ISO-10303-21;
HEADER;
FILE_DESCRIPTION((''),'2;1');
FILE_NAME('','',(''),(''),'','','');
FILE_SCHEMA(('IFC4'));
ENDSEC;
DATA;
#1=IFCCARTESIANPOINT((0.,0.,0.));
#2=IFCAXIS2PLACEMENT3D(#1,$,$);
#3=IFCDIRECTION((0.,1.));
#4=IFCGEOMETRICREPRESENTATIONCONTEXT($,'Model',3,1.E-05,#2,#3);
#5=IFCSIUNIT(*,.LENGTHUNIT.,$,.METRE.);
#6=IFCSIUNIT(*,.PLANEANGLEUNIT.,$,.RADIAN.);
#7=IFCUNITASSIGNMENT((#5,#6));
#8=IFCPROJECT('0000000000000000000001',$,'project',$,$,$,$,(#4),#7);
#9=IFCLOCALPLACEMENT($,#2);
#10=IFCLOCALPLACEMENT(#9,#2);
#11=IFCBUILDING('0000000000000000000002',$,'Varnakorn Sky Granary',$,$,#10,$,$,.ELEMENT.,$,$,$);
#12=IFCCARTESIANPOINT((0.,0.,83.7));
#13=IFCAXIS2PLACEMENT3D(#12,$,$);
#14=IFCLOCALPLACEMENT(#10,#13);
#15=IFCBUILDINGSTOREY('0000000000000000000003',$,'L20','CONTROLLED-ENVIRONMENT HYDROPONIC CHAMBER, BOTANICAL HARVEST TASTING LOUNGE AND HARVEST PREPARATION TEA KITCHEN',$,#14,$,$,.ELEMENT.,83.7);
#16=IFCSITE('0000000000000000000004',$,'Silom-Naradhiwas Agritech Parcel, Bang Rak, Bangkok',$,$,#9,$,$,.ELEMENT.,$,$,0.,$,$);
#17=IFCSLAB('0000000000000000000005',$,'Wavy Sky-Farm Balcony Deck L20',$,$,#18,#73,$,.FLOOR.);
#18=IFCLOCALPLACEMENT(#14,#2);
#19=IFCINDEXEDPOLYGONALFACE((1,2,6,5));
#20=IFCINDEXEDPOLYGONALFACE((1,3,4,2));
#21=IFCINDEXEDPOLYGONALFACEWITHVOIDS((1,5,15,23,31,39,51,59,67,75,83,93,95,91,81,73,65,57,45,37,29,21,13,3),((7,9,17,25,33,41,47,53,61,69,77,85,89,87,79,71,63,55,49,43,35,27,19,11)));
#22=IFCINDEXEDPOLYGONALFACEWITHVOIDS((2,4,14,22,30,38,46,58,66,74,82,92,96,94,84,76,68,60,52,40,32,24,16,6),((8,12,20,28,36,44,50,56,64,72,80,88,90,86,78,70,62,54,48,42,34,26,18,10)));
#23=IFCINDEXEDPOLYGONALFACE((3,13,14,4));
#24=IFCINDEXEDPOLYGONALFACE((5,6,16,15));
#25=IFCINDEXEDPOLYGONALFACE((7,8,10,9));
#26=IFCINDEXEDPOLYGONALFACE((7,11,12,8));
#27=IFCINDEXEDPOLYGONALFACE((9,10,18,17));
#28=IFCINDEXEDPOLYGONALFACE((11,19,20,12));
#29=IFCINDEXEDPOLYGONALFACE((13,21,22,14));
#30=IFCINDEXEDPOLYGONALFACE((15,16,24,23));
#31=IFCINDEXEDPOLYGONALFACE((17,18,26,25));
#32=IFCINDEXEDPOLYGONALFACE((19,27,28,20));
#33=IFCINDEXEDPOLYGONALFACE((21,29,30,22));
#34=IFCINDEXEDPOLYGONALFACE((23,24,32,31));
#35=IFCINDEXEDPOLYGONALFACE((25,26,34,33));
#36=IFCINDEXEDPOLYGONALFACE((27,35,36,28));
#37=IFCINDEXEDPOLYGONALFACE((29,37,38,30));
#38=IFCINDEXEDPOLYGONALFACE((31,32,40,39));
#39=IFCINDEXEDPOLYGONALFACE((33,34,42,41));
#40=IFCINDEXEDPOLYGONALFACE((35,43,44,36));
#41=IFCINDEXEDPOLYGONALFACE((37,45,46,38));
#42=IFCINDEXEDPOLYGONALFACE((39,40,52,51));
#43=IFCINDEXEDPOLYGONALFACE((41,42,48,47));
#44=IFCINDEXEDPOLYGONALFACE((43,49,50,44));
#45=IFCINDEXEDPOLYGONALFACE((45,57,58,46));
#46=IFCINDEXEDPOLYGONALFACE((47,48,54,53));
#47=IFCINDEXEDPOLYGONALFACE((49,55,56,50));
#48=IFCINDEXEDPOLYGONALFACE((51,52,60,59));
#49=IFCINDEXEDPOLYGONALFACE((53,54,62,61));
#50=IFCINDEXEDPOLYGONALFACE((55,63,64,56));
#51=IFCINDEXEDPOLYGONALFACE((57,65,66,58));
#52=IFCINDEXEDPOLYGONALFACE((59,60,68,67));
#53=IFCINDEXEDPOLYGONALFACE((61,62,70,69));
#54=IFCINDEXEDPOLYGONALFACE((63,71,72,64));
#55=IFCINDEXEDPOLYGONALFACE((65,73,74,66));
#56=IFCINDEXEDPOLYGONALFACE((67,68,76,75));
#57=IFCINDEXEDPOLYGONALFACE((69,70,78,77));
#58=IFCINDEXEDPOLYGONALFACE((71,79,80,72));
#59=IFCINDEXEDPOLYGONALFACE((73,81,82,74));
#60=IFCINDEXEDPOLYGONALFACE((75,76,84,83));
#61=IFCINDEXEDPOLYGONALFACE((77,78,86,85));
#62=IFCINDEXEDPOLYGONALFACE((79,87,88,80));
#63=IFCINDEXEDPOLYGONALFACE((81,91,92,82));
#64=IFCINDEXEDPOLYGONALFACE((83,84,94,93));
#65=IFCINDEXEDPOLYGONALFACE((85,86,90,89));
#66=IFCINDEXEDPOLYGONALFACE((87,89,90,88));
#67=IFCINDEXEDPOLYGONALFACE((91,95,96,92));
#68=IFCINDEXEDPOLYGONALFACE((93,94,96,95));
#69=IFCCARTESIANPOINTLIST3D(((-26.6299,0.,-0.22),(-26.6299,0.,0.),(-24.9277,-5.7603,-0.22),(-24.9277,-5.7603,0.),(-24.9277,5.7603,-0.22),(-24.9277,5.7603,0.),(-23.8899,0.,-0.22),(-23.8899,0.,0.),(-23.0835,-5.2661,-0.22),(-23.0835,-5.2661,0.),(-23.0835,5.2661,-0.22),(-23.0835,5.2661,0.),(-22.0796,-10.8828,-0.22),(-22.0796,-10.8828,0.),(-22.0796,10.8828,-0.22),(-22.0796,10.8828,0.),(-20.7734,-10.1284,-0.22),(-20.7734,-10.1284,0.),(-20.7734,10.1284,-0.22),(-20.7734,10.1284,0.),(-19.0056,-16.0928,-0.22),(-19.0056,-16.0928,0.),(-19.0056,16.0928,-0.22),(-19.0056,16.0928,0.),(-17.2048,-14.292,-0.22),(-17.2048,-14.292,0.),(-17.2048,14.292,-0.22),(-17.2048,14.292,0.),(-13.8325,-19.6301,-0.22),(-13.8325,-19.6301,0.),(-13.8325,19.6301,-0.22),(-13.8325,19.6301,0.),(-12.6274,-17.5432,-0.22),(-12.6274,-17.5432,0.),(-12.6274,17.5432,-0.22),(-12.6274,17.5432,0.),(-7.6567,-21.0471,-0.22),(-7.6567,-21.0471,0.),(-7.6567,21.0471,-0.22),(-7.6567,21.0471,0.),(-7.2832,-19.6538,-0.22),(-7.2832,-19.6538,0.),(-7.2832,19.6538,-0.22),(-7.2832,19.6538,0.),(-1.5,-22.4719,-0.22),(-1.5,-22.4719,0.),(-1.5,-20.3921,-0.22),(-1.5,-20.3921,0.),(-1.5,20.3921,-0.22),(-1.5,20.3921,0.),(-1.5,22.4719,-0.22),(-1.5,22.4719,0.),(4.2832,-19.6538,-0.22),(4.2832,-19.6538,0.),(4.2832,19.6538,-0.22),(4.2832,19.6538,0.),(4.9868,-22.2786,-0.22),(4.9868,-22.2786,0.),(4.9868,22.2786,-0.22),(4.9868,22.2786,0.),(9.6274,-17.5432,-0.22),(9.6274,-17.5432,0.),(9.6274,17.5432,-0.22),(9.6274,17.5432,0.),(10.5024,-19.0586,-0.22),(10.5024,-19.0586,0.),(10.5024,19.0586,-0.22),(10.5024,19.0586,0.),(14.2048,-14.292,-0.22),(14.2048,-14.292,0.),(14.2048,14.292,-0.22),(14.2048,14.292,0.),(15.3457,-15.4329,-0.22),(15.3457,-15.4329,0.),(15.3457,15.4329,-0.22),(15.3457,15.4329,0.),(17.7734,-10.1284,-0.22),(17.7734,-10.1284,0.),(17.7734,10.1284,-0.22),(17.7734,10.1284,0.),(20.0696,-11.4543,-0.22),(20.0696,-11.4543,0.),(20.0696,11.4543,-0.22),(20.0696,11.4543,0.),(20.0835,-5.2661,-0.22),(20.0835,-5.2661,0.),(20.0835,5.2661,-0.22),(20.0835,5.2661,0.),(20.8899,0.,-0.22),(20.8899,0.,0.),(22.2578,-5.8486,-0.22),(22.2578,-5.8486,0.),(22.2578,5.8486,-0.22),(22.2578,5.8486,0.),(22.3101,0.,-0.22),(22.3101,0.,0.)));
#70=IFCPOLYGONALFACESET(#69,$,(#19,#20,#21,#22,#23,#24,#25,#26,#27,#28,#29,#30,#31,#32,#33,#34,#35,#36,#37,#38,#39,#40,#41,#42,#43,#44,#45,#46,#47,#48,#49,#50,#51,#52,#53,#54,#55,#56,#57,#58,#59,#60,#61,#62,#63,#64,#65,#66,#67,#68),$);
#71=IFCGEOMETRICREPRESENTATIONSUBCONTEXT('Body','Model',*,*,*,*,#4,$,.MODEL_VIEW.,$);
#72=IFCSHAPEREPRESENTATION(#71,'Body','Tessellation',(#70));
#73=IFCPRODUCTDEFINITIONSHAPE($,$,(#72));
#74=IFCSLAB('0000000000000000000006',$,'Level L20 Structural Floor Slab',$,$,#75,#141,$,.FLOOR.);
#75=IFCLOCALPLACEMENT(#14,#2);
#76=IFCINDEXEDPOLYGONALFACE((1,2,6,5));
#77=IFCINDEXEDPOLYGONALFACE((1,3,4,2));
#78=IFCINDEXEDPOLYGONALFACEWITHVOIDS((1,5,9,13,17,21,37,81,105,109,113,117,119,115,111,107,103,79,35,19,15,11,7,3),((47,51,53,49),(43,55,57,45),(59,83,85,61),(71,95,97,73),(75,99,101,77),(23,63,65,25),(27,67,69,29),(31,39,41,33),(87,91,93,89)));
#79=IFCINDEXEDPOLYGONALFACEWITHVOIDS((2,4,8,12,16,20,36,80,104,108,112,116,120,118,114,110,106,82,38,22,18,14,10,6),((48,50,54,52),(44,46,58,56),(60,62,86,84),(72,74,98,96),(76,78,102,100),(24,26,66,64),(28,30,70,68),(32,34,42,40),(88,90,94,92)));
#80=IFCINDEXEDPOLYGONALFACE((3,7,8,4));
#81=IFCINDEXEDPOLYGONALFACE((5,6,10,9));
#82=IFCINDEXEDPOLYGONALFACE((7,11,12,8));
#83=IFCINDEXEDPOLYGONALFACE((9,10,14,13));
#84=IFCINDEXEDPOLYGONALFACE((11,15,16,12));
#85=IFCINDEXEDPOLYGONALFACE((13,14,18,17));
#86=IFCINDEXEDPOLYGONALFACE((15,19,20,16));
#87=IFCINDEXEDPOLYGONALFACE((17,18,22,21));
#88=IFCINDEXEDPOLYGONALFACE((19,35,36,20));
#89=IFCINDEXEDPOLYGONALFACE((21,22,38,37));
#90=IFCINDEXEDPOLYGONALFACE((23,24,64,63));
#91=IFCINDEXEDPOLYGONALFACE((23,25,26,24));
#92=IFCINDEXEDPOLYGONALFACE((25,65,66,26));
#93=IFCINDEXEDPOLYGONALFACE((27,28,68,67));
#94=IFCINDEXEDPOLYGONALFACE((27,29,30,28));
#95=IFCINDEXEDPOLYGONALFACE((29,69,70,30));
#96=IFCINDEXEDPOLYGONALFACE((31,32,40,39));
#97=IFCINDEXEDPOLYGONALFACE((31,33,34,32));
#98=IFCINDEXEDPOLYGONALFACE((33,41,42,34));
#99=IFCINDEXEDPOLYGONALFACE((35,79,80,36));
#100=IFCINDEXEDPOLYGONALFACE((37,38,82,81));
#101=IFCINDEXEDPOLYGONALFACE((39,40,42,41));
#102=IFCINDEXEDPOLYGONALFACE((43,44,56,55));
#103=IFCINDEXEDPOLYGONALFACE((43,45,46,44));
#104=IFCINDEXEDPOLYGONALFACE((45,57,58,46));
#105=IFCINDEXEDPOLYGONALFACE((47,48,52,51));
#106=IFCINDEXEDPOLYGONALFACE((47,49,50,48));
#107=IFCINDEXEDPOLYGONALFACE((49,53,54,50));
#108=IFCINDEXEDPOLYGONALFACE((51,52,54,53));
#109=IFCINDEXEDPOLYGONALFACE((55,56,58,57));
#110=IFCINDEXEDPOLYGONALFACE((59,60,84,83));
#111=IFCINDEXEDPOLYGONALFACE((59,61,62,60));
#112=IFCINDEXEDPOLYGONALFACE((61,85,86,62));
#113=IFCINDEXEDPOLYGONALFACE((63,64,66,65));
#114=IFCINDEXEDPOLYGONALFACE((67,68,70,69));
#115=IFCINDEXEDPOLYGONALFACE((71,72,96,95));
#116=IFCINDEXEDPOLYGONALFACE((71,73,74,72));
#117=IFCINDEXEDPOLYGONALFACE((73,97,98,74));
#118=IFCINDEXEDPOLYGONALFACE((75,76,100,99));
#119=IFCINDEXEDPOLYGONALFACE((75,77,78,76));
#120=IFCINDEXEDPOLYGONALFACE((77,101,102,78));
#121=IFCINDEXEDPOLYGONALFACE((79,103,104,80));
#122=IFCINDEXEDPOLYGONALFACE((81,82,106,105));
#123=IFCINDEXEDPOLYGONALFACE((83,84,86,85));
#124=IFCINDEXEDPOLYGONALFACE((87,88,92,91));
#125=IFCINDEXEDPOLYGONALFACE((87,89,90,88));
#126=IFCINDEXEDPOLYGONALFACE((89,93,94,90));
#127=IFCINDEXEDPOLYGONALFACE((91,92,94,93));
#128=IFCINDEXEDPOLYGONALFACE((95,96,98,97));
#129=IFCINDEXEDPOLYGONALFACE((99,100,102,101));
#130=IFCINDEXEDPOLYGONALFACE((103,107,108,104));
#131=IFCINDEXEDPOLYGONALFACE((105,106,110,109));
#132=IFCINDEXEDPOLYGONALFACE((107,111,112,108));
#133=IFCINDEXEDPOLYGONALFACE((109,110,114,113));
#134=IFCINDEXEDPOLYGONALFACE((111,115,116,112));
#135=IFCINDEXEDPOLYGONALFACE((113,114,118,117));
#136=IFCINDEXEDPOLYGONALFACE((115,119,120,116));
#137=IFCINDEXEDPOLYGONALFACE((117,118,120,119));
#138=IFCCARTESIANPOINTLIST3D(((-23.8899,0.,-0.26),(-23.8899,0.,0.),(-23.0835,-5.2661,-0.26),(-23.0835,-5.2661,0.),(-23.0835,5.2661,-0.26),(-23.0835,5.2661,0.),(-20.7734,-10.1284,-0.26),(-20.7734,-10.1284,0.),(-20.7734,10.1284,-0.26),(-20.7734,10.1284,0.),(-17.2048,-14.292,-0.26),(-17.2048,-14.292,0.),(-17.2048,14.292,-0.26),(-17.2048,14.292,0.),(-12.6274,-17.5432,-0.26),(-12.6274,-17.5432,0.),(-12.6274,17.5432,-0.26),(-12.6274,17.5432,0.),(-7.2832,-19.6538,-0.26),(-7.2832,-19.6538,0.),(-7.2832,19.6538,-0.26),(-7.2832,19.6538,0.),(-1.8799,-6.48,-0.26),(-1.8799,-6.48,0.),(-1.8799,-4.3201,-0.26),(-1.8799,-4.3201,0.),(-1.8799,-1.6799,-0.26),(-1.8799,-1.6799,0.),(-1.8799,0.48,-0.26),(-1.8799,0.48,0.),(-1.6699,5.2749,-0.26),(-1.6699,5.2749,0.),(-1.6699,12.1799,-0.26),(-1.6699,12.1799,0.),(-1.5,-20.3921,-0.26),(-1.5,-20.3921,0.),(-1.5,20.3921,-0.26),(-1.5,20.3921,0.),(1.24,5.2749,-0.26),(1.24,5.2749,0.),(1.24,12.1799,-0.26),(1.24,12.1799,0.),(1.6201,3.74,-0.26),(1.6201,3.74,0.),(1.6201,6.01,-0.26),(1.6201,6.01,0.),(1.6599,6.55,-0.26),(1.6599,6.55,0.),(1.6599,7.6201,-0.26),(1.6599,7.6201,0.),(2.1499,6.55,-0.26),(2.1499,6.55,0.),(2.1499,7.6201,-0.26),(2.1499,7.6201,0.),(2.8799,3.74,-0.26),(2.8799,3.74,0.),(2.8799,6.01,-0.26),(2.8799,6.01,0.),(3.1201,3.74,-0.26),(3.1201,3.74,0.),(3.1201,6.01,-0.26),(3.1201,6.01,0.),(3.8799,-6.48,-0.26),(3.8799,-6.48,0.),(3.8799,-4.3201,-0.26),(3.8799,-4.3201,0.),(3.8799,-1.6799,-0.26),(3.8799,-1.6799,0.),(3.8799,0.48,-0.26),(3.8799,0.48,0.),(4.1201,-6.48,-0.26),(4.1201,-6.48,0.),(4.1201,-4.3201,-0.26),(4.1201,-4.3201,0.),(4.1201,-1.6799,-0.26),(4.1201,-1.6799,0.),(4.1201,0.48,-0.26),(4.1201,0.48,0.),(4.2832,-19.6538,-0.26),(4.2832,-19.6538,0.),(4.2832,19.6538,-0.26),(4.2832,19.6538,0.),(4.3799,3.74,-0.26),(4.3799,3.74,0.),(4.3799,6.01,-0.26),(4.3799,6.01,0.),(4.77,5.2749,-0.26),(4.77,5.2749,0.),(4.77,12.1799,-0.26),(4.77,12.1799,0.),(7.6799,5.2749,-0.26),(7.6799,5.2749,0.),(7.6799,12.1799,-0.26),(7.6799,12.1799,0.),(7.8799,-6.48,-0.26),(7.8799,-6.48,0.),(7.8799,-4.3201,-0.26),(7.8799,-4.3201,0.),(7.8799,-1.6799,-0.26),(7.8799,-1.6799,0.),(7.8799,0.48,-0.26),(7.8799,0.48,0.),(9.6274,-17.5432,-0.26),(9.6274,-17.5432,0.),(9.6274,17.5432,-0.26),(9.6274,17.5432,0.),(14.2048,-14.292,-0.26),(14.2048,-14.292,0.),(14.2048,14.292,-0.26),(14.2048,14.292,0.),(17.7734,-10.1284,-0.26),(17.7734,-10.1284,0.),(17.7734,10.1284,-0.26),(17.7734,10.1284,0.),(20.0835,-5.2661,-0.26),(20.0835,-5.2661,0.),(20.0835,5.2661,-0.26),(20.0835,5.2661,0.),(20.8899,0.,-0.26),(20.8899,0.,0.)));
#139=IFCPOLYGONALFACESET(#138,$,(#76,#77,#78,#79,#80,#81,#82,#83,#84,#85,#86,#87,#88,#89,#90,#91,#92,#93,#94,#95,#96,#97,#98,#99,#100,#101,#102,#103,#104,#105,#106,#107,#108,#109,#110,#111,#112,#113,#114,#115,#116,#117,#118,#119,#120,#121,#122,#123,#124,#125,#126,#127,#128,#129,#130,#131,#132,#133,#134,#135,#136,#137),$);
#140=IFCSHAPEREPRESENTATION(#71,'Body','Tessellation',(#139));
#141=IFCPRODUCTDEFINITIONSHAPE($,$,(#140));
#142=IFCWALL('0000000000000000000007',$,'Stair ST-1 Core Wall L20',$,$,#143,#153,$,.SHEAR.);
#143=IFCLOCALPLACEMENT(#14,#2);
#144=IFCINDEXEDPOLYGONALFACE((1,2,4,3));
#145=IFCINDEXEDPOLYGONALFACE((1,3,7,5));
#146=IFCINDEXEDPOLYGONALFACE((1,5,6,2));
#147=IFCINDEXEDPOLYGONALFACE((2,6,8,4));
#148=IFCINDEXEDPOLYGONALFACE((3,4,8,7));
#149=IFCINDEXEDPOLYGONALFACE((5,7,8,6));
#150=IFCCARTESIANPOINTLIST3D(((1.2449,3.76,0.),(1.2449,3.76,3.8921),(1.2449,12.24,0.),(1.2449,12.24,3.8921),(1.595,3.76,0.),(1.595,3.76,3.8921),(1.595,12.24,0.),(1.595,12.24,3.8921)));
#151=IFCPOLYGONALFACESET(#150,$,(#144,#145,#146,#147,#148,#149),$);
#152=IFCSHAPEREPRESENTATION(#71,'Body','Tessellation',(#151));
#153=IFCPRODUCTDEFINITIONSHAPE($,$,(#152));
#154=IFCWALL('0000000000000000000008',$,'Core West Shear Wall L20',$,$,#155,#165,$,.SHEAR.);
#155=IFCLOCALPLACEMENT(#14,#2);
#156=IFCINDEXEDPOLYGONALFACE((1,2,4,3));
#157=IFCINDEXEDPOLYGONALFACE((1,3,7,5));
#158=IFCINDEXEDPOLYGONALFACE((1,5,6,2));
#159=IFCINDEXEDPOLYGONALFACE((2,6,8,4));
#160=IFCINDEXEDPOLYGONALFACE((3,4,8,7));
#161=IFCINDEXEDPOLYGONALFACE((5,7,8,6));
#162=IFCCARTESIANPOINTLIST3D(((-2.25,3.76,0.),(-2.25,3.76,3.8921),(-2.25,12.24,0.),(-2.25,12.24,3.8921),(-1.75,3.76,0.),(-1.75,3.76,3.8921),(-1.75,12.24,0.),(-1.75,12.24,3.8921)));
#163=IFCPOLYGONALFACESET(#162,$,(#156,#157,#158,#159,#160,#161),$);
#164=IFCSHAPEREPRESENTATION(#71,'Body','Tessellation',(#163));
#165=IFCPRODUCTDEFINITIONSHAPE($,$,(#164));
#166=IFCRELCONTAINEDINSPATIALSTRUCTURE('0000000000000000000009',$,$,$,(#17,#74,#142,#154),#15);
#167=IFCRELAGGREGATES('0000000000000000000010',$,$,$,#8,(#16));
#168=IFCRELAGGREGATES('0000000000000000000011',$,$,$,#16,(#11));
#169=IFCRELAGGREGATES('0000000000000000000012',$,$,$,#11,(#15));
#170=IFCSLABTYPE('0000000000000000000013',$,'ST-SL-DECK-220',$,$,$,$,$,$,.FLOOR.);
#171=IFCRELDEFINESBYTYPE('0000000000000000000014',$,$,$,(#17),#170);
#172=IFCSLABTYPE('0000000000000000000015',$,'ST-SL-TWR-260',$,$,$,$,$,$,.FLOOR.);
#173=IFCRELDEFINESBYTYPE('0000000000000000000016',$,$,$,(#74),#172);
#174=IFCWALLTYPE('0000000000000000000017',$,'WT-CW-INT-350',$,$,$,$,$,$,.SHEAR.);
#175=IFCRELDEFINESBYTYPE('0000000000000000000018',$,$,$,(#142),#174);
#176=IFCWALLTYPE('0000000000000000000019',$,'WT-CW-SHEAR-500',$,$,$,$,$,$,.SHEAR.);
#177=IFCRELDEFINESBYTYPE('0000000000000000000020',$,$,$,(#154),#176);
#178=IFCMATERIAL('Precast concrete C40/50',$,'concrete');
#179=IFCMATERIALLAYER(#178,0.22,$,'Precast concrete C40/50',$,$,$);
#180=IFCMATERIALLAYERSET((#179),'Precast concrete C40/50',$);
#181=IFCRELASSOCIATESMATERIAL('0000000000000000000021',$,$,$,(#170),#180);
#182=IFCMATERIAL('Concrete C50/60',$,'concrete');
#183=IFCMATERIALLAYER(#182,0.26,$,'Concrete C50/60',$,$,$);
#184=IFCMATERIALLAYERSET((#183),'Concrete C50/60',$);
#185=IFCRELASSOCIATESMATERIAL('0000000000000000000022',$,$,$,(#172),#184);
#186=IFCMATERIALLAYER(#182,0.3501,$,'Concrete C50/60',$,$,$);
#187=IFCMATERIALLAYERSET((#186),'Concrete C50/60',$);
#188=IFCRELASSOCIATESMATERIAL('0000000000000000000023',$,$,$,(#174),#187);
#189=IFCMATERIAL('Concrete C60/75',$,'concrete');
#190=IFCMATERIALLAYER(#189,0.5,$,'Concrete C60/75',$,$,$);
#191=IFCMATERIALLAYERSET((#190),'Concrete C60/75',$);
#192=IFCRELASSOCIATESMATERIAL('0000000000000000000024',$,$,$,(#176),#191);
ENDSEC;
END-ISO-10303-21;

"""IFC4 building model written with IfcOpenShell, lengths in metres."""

from ifc_helpers import new_model, si_unit, direction, frame, frame_2d, origin, place, context, subcontext, project, spatial, polyline, rectangle, outline, extrude, material, layer, layer_set, type_object, element, save


model = new_model("IFC4")

# Units and contexts
model_context = context("Model", 3, precision=1e-05, world=origin(), true_north=direction((0.0, 1.0)))
body_context = subcontext(model_context, "Body", "Model", "MODEL_VIEW")
ifc_project = project(units=[si_unit("LENGTHUNIT", "METRE"), si_unit("PLANEANGLEUNIT", "RADIAN")], contexts=[model_context])

# Site, building, storey
site_placement = place(None, origin())
site = spatial("IfcSite", under=ifc_project, at=site_placement, Name="Silom-Naradhiwas Agritech Parcel, Bang Rak, Bangkok", CompositionType="ELEMENT", RefElevation=0.0)
building_placement = place(site_placement, origin())
building = spatial("IfcBuilding", under=site, at=building_placement, Name="Varnakorn Sky Granary", CompositionType="ELEMENT")
storey_placement = place(building_placement, frame((0.0, 0.0, 83.7)))
storey = spatial("IfcBuildingStorey", under=building, at=storey_placement, Name="L20", Description="CONTROLLED-ENVIRONMENT HYDROPONIC CHAMBER, BOTANICAL HARVEST TASTING LOUNGE AND HARVEST PREPARATION TEA KITCHEN", CompositionType="ELEMENT", Elevation=83.7)

# Shared definitions
ifc_material_1 = material(Name="Concrete C60/75", Category="concrete")

# Slabs
ifc_material_2 = material(Name="Precast concrete C40/50", Category="concrete")
ifc_layer_1 = layer(ifc_material_2, 0.22, Name="Precast concrete C40/50")
ifc_layer_set_1 = layer_set([ifc_layer_1], Name="Precast concrete C40/50")
slab_type_1 = type_object("IfcSlabType", Name="ST-SL-DECK-220", PredefinedType="FLOOR", material=ifc_layer_set_1)
slab_1_placement = place(storey_placement, frame((0.0, 0.0, -0.22)))
element("IfcSlab", 1, at=slab_1_placement, inside=storey, type_object=slab_type_1, Name="Wavy Sky-Farm Balcony Deck L20", PredefinedType="FLOOR", context=body_context, shape_type="SweptSolid", body=[
    extrude(outline(polyline([(22.3101, 0.0), (22.2578, 5.8486), (20.0696, 11.4543), (15.3457, 15.4329), (10.5024, 19.0586), (4.9868, 22.2786), (-1.5, 22.4719), (-7.6567, 21.0471), (-13.8325, 19.6301), (-19.0056, 16.0928), (-22.0796, 10.8828), (-24.9277, 5.7603), (-26.6299, 0.0), (-24.9277, -5.7603), (-22.0796, -10.8828), (-19.0056, -16.0928), (-13.8325, -19.6301), (-7.6567, -21.0471), (-1.5, -22.4719), (4.9868, -22.2786), (10.5024, -19.0586), (15.3457, -15.4329), (20.0696, -11.4543), (22.2578, -5.8486), (22.3101, 0.0)]), holes=[polyline([(20.8899, 0.0), (20.0835, 5.2661), (17.7734, 10.1284), (14.2048, 14.292), (9.6274, 17.5432), (4.2832, 19.6538), (-1.5, 20.3921), (-7.2832, 19.6538), (-12.6274, 17.5432), (-17.2048, 14.292), (-20.7734, 10.1284), (-23.0835, 5.2661), (-23.8899, 0.0), (-23.0835, -5.2661), (-20.7734, -10.1284), (-17.2048, -14.292), (-12.6274, -17.5432), (-7.2832, -19.6538), (-1.5, -20.3921), (4.2832, -19.6538), (9.6274, -17.5432), (14.2048, -14.292), (17.7734, -10.1284), (20.0835, -5.2661), (20.8899, 0.0)])]), origin(), (0.0, 0.0, 1.0), 0.22),
])
ifc_material_3 = material(Name="Concrete C50/60", Category="concrete")
ifc_layer_2 = layer(ifc_material_3, 0.26, Name="Concrete C50/60")
ifc_layer_set_2 = layer_set([ifc_layer_2], Name="Concrete C50/60")
slab_type_2 = type_object("IfcSlabType", Name="ST-SL-TWR-260", PredefinedType="FLOOR", material=ifc_layer_set_2)
slab_2_placement = place(storey_placement, frame((0.0, 0.0, -0.26)))
element("IfcSlab", 2, at=slab_2_placement, inside=storey, type_object=slab_type_2, Name="Level L20 Structural Floor Slab", PredefinedType="FLOOR", context=body_context, shape_type="SweptSolid", body=[
    extrude(outline(polyline([(20.8899, 0.0), (20.0835, 5.2661), (17.7734, 10.1284), (14.2048, 14.292), (9.6274, 17.5432), (4.2832, 19.6538), (-1.5, 20.3921), (-7.2832, 19.6538), (-12.6274, 17.5432), (-17.2048, 14.292), (-20.7734, 10.1284), (-23.0835, 5.2661), (-23.8899, 0.0), (-23.0835, -5.2661), (-20.7734, -10.1284), (-17.2048, -14.292), (-12.6274, -17.5432), (-7.2832, -19.6538), (-1.5, -20.3921), (4.2832, -19.6538), (9.6274, -17.5432), (14.2048, -14.292), (17.7734, -10.1284), (20.0835, -5.2661), (20.8899, 0.0)]), holes=[polyline([(1.24, 5.2749), (1.24, 12.1799), (-1.6699, 12.1799), (-1.6699, 5.2749), (1.24, 5.2749)]), polyline([(7.6799, 5.2749), (7.6799, 12.1799), (4.77, 12.1799), (4.77, 5.2749), (7.6799, 5.2749)]), polyline([(1.6599, 6.55), (2.1499, 6.55), (2.1499, 7.6201), (1.6599, 7.6201), (1.6599, 6.55)]), polyline([(1.6201, 3.74), (2.8799, 3.74), (2.8799, 6.01), (1.6201, 6.01), (1.6201, 3.74)]), polyline([(3.1201, 3.74), (4.3799, 3.74), (4.3799, 6.01), (3.1201, 6.01), (3.1201, 3.74)]), polyline([(-1.8799, -1.6799), (3.8799, -1.6799), (3.8799, 0.48), (-1.8799, 0.48), (-1.8799, -1.6799)]), polyline([(4.1201, -1.6799), (7.8799, -1.6799), (7.8799, 0.48), (4.1201, 0.48), (4.1201, -1.6799)]), polyline([(-1.8799, -6.48), (3.8799, -6.48), (3.8799, -4.3201), (-1.8799, -4.3201), (-1.8799, -6.48)]), polyline([(4.1201, -6.48), (7.8799, -6.48), (7.8799, -4.3201), (4.1201, -4.3201), (4.1201, -6.48)])]), origin(), (0.0, 0.0, 1.0), 0.26),
])

# Wall
ifc_layer_3 = layer(ifc_material_3, 0.3501, Name="Concrete C50/60")
ifc_layer_set_3 = layer_set([ifc_layer_3], Name="Concrete C50/60")
wall_type_1 = type_object("IfcWallType", Name="WT-CW-INT-350", PredefinedType="SHEAR", material=ifc_layer_set_3)
wall_1_placement = place(storey_placement, frame((1.4199, 3.76, 0.0), z_axis=(0.0, 0.0, 1.0), x_axis=(0.0, 1.0, 0.0)))
element("IfcWall", 3, at=wall_1_placement, inside=storey, type_object=wall_type_1, Name="Stair ST-1 Core Wall L20", PredefinedType="SHEAR", context=body_context, shape_type="SweptSolid", body=[
    extrude(rectangle(XDim=8.48, YDim=0.3501, at=frame_2d((4.24, 0.0))), origin(), (0.0, 0.0, 1.0), 3.8921),
])

# Shared definitions
ifc_layer_4 = layer(ifc_material_1, 0.5, Name="Concrete C60/75")
ifc_layer_set_4 = layer_set([ifc_layer_4], Name="Concrete C60/75")
wall_type_2 = type_object("IfcWallType", Name="WT-CW-SHEAR-500", PredefinedType="SHEAR", material=ifc_layer_set_4)

# Wall
wall_2_placement = place(storey_placement, frame((-2.0, 3.76, 0.0), z_axis=(0.0, 0.0, 1.0), x_axis=(0.0, 1.0, 0.0)))
element("IfcWall", 4, at=wall_2_placement, inside=storey, type_object=wall_type_2, Name="Core West Shear Wall L20", PredefinedType="SHEAR", context=body_context, shape_type="SweptSolid", body=[
    extrude(rectangle(XDim=8.48, YDim=0.5, at=frame_2d((4.24, 0.0))), origin(), (0.0, 0.0, 1.0), 3.8921),
])

save(model, "model.ifc")
